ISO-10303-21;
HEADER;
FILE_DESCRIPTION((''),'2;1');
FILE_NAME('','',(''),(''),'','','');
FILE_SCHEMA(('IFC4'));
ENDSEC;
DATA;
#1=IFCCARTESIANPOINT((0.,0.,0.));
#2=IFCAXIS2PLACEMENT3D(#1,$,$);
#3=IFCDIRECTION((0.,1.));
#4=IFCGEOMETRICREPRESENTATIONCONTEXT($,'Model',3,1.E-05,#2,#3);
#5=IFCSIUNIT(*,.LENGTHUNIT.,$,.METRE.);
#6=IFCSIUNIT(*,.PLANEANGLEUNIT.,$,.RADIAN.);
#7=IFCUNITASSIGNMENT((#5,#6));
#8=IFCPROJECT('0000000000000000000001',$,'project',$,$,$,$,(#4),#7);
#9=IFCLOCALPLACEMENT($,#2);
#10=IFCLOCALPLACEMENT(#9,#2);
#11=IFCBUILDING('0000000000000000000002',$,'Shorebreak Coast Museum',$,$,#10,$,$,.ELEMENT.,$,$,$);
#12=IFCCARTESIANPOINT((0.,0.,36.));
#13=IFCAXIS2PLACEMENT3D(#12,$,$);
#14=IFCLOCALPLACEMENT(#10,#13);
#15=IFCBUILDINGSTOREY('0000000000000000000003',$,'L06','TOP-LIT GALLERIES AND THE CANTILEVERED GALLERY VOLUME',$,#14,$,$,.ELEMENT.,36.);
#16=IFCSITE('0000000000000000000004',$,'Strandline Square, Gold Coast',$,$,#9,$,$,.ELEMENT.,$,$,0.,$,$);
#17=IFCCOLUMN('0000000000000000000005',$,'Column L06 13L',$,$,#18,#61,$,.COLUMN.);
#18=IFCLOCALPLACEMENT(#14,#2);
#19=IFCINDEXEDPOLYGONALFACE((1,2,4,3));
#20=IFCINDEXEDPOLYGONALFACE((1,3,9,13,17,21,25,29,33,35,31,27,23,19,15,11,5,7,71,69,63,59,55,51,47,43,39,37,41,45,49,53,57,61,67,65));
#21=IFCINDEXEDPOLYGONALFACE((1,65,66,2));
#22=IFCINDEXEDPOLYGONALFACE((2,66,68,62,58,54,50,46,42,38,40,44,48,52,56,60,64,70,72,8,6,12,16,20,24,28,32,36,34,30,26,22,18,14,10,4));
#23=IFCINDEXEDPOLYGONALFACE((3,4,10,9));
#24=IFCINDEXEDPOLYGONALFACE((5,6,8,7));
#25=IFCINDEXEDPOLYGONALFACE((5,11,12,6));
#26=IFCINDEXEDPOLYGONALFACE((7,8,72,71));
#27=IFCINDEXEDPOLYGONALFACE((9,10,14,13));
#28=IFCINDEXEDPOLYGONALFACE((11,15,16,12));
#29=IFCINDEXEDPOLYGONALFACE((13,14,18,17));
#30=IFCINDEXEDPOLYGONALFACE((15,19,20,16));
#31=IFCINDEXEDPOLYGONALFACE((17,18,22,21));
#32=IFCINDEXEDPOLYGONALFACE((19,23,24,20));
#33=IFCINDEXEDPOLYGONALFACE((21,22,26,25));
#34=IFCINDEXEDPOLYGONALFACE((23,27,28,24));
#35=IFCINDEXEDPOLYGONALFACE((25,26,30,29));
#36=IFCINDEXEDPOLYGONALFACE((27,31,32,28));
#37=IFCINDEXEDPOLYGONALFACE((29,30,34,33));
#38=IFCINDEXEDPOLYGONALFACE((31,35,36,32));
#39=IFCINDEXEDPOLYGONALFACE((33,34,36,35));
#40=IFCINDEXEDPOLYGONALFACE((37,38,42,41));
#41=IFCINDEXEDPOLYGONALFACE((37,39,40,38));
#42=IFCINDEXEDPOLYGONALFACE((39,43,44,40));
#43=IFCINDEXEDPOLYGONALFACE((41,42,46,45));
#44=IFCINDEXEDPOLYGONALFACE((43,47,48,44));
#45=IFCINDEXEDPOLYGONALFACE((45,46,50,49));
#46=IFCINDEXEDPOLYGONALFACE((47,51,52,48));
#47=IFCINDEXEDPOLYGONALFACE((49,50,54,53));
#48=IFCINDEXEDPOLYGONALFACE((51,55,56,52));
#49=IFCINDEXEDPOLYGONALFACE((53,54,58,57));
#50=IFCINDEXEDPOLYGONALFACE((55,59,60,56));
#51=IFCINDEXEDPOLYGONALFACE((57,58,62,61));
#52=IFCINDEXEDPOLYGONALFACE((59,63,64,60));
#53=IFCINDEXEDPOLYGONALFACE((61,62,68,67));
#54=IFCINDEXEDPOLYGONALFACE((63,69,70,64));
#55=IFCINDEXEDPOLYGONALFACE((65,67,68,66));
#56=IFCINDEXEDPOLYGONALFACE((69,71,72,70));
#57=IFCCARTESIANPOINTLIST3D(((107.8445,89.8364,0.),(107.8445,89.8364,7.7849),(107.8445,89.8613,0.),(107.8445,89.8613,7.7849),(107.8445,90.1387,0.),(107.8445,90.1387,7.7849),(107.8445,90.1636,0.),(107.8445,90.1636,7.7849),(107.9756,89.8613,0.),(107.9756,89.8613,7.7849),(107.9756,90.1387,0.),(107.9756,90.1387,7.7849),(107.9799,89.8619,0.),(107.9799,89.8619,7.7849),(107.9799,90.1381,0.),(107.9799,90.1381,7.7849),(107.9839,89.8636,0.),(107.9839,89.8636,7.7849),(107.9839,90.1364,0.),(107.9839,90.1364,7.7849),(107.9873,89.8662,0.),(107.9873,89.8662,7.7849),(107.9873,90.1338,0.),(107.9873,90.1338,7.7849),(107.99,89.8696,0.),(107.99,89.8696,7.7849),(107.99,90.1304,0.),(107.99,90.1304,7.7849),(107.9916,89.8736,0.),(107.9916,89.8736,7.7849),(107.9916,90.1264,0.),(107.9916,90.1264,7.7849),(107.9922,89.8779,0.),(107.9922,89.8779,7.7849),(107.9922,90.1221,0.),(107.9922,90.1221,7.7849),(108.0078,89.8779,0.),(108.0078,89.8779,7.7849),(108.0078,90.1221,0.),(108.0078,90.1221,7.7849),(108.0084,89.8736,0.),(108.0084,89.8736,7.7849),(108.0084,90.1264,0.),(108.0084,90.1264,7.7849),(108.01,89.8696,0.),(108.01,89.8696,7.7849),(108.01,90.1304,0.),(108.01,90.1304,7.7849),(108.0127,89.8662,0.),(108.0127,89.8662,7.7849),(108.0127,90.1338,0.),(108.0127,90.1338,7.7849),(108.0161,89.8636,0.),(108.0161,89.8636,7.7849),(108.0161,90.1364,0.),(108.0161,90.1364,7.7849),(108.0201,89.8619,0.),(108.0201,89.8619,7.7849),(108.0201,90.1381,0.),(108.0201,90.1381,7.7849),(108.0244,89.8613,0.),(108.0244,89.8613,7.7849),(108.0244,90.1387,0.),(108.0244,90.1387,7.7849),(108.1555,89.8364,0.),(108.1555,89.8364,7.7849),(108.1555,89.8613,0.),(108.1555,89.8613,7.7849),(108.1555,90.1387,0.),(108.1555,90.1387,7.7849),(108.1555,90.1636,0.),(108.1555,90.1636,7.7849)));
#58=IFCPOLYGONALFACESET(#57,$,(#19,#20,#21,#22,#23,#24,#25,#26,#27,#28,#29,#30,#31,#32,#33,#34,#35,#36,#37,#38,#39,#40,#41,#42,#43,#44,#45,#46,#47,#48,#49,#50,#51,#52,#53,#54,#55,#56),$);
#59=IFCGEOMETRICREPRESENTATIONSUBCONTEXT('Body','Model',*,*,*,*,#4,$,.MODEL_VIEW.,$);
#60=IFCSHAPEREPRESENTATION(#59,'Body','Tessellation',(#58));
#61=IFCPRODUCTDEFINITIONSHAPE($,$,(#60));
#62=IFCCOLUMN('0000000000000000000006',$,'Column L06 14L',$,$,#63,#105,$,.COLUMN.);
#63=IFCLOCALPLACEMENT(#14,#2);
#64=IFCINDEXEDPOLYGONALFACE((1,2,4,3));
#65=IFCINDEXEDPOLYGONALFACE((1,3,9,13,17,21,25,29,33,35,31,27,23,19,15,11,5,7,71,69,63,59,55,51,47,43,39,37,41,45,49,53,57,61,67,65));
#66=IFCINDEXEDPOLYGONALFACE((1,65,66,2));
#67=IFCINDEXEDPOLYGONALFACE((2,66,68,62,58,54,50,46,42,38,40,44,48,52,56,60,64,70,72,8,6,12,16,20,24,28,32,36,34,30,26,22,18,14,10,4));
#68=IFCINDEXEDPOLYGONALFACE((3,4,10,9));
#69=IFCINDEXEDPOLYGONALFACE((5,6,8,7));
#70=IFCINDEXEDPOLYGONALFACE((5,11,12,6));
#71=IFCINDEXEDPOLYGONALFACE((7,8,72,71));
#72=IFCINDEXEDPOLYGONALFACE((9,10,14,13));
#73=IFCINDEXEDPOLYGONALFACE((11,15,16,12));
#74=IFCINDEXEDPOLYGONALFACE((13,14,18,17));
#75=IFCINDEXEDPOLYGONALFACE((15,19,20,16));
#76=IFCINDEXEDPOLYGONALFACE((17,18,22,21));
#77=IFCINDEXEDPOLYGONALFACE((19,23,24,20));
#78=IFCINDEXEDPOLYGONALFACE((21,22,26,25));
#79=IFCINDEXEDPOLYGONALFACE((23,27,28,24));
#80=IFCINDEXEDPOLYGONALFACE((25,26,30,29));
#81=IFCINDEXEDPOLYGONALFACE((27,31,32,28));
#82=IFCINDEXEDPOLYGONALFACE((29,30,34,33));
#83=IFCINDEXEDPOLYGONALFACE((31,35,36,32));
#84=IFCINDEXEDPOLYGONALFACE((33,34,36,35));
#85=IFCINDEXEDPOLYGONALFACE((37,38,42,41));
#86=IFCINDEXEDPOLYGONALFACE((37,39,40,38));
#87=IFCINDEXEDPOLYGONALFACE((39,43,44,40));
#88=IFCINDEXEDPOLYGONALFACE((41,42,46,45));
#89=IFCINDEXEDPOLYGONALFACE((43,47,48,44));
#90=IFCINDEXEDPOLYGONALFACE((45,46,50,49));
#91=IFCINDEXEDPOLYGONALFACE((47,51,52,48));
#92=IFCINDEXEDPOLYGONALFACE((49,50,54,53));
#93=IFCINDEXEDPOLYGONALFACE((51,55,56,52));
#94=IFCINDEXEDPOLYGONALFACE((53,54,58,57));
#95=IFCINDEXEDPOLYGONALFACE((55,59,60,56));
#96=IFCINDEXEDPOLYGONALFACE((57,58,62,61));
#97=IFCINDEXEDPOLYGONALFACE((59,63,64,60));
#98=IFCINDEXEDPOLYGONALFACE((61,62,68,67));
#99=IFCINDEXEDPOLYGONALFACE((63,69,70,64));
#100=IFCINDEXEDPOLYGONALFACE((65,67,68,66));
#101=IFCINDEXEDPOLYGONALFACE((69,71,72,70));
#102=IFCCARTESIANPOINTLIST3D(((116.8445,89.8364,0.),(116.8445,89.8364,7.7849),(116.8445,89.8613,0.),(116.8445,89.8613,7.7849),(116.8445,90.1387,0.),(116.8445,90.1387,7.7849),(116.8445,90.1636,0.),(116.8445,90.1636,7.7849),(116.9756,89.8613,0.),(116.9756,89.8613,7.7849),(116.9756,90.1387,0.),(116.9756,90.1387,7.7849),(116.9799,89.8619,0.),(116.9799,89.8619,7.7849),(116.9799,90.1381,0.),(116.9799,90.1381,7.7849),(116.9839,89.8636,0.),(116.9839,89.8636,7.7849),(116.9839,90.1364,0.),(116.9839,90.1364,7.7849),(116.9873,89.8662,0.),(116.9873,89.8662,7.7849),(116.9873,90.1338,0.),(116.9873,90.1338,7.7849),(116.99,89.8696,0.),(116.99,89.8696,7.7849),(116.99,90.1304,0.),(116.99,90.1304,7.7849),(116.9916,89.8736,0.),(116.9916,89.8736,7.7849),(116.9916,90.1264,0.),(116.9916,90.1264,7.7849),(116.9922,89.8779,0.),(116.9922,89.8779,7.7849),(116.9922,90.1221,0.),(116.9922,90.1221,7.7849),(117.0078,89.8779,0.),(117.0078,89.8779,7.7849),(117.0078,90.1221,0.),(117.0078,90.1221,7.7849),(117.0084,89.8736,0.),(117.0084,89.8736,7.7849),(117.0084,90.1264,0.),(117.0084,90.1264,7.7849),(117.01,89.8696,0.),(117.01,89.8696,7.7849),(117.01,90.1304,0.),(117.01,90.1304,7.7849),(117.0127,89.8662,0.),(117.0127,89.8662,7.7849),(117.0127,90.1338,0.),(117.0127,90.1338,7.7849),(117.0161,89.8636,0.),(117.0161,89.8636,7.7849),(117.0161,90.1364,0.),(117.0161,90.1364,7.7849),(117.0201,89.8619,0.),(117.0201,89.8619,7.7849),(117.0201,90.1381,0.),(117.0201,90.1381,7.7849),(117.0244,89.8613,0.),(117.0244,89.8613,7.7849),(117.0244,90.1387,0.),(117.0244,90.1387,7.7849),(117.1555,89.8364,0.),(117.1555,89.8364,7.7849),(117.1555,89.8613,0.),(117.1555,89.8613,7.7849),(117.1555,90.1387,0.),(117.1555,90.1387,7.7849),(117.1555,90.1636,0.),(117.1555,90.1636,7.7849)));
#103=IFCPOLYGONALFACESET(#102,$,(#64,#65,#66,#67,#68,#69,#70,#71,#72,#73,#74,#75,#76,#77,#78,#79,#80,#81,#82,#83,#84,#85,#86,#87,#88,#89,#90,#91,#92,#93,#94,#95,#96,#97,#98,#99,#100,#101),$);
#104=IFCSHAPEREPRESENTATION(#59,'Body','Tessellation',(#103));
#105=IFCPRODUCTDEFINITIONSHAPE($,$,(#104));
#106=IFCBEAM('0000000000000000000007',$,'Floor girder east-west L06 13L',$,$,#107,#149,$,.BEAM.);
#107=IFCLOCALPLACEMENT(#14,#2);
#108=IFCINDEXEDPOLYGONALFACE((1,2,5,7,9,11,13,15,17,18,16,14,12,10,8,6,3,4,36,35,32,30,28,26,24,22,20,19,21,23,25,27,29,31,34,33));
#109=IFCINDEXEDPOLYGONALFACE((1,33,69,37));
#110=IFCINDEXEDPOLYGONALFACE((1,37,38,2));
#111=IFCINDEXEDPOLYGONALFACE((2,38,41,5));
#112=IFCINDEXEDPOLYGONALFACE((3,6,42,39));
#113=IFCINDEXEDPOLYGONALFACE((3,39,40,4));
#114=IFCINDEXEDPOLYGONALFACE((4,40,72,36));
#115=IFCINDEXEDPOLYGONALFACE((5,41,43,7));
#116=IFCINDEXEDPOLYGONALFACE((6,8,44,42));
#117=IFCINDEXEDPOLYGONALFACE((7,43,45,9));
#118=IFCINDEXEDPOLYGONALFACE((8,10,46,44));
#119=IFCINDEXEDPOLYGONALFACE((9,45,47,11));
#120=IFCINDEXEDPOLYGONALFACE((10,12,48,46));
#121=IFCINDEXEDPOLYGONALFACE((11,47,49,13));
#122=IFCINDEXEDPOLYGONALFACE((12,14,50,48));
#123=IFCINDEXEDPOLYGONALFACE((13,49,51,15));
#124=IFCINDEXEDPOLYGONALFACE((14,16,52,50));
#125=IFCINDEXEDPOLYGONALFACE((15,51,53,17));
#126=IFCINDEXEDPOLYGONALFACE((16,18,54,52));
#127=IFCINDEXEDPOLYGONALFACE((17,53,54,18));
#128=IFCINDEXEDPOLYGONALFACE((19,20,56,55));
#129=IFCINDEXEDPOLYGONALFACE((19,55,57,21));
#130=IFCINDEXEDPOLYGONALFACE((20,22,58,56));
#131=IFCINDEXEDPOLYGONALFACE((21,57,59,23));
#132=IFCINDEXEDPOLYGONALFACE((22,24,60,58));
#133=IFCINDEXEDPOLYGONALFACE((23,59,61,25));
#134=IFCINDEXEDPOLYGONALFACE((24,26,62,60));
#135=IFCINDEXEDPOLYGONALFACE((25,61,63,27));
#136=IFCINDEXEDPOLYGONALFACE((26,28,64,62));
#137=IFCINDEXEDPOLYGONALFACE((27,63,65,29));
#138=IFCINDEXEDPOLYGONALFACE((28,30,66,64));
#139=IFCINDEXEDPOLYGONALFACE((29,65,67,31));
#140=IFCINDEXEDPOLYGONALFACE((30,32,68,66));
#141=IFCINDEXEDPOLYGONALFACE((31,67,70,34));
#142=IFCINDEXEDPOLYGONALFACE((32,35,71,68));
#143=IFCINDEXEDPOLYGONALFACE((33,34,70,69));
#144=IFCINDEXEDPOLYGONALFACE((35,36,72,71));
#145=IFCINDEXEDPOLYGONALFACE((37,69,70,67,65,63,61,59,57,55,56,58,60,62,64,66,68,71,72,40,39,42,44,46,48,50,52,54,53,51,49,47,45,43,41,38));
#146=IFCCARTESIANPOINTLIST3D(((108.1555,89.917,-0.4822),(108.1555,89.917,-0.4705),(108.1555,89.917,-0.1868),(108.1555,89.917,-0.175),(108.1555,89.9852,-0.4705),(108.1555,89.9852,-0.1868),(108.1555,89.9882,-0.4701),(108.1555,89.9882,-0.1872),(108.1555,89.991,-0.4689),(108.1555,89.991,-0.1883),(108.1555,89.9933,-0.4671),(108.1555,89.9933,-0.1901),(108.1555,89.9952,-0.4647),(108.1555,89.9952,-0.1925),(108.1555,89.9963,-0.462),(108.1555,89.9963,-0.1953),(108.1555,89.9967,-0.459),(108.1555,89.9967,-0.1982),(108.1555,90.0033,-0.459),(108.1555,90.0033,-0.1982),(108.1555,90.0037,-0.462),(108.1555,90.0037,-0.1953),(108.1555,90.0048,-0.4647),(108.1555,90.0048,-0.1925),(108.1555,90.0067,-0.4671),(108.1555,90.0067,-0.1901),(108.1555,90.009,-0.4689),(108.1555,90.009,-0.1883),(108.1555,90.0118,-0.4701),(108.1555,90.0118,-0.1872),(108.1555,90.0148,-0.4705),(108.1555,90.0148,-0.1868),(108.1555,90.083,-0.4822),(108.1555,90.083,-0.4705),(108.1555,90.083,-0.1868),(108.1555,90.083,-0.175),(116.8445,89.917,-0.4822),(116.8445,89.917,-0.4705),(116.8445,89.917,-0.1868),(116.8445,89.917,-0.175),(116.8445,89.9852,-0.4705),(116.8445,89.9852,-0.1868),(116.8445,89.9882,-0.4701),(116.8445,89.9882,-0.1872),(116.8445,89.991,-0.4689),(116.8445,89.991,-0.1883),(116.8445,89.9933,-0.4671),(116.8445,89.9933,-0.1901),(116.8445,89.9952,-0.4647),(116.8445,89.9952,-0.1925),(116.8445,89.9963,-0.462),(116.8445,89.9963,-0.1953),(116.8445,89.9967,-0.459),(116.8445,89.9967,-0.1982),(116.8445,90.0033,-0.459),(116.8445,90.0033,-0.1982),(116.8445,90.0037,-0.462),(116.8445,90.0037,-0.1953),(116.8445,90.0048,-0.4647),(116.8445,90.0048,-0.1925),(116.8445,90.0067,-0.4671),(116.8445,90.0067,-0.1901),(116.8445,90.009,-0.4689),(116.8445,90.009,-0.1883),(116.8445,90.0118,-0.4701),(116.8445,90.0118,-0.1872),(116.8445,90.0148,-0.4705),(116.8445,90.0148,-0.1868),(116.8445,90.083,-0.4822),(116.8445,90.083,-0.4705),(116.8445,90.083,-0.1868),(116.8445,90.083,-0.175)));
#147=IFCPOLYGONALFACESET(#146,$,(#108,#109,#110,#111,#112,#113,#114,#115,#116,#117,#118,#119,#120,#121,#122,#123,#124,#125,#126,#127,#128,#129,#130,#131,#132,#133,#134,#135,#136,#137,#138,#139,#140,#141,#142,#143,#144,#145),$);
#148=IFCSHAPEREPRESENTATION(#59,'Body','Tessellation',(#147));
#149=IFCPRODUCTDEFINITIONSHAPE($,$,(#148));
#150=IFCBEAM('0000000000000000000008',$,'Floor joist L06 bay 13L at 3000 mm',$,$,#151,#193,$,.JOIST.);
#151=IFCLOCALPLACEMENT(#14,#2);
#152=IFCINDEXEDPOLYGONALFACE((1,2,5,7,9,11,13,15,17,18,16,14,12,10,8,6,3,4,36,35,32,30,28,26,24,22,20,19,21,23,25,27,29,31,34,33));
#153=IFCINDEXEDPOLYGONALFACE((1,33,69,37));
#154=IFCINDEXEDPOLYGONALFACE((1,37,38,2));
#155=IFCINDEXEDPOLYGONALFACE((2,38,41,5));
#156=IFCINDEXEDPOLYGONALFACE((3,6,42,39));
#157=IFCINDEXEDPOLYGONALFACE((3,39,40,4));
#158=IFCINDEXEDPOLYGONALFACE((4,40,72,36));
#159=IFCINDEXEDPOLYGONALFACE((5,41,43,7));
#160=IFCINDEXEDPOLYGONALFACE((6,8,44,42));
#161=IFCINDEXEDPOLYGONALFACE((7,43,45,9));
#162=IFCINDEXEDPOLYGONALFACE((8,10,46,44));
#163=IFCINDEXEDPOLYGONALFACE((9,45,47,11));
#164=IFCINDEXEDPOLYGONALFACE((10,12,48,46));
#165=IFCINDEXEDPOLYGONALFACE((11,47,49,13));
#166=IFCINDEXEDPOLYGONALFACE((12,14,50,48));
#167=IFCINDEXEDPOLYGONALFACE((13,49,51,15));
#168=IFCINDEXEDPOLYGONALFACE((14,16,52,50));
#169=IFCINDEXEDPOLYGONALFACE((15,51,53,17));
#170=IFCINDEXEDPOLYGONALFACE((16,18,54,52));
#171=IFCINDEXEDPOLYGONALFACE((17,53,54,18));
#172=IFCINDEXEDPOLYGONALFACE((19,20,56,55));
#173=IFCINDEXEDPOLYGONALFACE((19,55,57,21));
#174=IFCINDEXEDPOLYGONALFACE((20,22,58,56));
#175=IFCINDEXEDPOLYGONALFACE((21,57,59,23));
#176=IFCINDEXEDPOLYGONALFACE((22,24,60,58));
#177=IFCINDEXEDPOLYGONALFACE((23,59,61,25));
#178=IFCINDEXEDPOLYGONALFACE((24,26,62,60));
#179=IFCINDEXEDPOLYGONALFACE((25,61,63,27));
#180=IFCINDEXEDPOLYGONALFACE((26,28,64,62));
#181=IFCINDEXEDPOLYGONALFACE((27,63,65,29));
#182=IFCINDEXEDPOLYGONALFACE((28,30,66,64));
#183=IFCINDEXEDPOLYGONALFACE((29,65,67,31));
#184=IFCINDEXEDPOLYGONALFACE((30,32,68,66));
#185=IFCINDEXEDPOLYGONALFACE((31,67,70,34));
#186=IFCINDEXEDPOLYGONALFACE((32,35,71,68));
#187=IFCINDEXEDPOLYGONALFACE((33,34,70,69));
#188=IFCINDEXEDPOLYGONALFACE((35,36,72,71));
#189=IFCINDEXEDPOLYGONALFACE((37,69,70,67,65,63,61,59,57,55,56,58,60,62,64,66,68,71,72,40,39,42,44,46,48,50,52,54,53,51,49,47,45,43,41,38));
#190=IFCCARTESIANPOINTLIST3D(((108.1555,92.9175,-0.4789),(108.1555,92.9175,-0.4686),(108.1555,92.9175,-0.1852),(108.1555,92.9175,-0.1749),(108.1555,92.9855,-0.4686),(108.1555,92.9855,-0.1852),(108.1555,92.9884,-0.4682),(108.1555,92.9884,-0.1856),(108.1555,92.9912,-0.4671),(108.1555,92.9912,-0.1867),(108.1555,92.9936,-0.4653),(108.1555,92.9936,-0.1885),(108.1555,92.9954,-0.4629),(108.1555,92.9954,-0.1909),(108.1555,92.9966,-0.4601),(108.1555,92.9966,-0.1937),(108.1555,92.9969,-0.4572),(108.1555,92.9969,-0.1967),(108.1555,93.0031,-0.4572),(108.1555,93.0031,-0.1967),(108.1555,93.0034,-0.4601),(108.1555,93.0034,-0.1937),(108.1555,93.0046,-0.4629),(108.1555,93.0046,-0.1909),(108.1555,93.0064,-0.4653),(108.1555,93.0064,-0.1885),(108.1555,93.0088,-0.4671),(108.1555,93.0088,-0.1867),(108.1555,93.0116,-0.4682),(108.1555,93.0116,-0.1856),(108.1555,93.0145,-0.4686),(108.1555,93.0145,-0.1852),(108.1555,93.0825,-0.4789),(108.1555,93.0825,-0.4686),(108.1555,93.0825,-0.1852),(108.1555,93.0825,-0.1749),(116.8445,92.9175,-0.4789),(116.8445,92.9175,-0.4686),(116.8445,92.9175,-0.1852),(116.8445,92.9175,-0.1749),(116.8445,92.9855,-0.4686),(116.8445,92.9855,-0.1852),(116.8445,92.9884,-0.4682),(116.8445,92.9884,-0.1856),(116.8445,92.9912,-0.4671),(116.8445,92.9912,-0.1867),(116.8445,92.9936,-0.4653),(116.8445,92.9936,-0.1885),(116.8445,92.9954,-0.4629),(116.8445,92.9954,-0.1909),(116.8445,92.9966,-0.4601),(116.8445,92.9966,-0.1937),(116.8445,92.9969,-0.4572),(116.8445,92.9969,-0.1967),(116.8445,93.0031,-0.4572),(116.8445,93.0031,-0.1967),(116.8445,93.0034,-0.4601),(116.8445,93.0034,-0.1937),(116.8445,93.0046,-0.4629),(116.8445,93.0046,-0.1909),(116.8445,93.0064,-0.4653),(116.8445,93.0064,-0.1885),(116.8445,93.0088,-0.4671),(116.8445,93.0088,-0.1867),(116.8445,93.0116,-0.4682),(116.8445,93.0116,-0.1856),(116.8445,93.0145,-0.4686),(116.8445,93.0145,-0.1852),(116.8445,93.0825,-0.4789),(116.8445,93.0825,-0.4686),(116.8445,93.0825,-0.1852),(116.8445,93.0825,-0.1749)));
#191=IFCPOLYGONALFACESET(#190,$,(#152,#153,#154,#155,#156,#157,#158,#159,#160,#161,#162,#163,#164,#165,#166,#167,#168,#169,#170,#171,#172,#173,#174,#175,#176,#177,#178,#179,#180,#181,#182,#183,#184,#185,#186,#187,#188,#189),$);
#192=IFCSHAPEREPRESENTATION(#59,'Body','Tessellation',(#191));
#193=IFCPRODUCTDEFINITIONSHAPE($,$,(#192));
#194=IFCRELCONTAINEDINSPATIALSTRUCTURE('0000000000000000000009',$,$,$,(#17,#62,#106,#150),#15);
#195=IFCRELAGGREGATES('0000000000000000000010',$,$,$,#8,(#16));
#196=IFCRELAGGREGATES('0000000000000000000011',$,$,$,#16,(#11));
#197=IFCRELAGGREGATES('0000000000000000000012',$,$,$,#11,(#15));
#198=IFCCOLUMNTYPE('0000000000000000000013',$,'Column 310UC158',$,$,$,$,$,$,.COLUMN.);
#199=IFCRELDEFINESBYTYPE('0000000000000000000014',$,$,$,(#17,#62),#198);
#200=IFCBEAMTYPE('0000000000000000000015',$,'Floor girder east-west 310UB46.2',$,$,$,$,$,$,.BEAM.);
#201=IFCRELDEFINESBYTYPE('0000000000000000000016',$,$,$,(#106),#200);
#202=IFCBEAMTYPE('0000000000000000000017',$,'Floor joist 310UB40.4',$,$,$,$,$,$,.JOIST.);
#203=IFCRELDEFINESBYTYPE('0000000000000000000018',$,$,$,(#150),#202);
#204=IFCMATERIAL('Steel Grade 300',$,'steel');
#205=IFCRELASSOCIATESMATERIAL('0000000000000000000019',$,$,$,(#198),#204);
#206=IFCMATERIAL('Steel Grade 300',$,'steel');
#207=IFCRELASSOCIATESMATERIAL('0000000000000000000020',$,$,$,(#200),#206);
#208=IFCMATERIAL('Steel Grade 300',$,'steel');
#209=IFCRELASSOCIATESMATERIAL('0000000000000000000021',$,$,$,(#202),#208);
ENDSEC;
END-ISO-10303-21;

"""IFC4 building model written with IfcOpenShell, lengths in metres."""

from ifc_helpers import new_model, si_unit, direction, frame, origin, origin_2d, place, context, subcontext, project, spatial, i_section, extrude, material, material_profile, profile_set, type_object, element, save


model = new_model("IFC4")

# Units and contexts
model_context = context("Model", 3, precision=1e-05, world=origin(), true_north=direction((0.0, 1.0)))
body_context = subcontext(model_context, "Body", "Model", "MODEL_VIEW")
ifc_project = project(units=[si_unit("LENGTHUNIT", "METRE"), si_unit("PLANEANGLEUNIT", "RADIAN")], contexts=[model_context])

# Site, building, storey
site_placement = place(None, origin())
site = spatial("IfcSite", under=ifc_project, at=site_placement, Name="Strandline Square, Gold Coast", CompositionType="ELEMENT", RefElevation=0.0)
building_placement = place(site_placement, origin())
building = spatial("IfcBuilding", under=site, at=building_placement, Name="Shorebreak Coast Museum", CompositionType="ELEMENT")
storey_placement = place(building_placement, frame((0.0, 0.0, 36.0)))
storey = spatial("IfcBuildingStorey", under=building, at=storey_placement, Name="L06", Description="TOP-LIT GALLERIES AND THE CANTILEVERED GALLERY VOLUME", CompositionType="ELEMENT", Elevation=36.0)

# Columns
ifc_material_1 = material(Name="Steel Grade 300", Category="steel")
ifc_material_profile_1 = material_profile(ifc_material_1, i_section(OverallWidth=0.311, OverallDepth=0.3271, WebThickness=0.0156, FlangeThickness=0.0249, FilletRadius=0.0166, at=origin_2d()), Name="310UC158")
ifc_profile_set_1 = profile_set([ifc_material_profile_1], Name="Steel Grade 300")
column_type = type_object("IfcColumnType", Name="Column 310UC158", PredefinedType="COLUMN", material=ifc_profile_set_1)
for number, where, z_axis, x_axis, name in (
    (1, (108.0, 90.0, 0.0), (0.0, 0.0, 1.0), (1.0, 0.0, 0.0), "Column L06 13L"),
    (2, (117.0, 90.0, 0.0), (0.0, 0.0, 1.0), (1.0, 0.0, 0.0), "Column L06 14L"),
):
    element("IfcColumn", number, at=place(storey_placement, frame(where, z_axis=z_axis, x_axis=x_axis)), inside=storey, type_object=column_type, Name=name, PredefinedType="COLUMN", context=body_context, shape_type="SweptSolid", body=[
        extrude(i_section(OverallWidth=0.311, OverallDepth=0.3271, WebThickness=0.0156, FlangeThickness=0.0249, FilletRadius=0.0166, at=origin_2d()), origin(), (0.0, 0.0, 1.0), 7.7849),
    ])

# Beams
ifc_material_2 = material(Name="Steel Grade 300", Category="steel")
ifc_material_profile_2 = material_profile(ifc_material_2, i_section(OverallWidth=0.166, OverallDepth=0.3071, WebThickness=0.0066, FlangeThickness=0.0117, FilletRadius=0.0115, at=origin_2d()), Name="310UB46.2")
ifc_profile_set_2 = profile_set([ifc_material_profile_2], Name="Steel Grade 300")
beam_type_1 = type_object("IfcBeamType", Name="Floor girder east-west 310UB46.2", PredefinedType="BEAM", material=ifc_profile_set_2)
beam_1_placement = place(storey_placement, frame((108.1555, 90.0, -0.3286), z_axis=(1.0, 0.0, 0.0), x_axis=(0.0, 1.0, 0.0)))
element("IfcBeam", 3, at=beam_1_placement, inside=storey, type_object=beam_type_1, Name="Floor girder east-west L06 13L", PredefinedType="BEAM", context=body_context, shape_type="SweptSolid", body=[
    extrude(i_section(OverallWidth=0.166, OverallDepth=0.3071, WebThickness=0.0066, FlangeThickness=0.0117, FilletRadius=0.0115, at=origin_2d()), origin(), (0.0, 0.0, 1.0), 8.689),
])
ifc_material_3 = material(Name="Steel Grade 300", Category="steel")
ifc_material_profile_3 = material_profile(ifc_material_3, i_section(OverallWidth=0.165, OverallDepth=0.304, WebThickness=0.0061, FlangeThickness=0.0103, FilletRadius=0.0115, at=origin_2d()), Name="310UB40.4")
ifc_profile_set_3 = profile_set([ifc_material_profile_3], Name="Steel Grade 300")
beam_type_2 = type_object("IfcBeamType", Name="Floor joist 310UB40.4", PredefinedType="JOIST", material=ifc_profile_set_3)
beam_2_placement = place(storey_placement, frame((108.1555, 93.0, -0.3269), z_axis=(1.0, 0.0, 0.0), x_axis=(0.0, 1.0, 0.0)))
element("IfcBeam", 4, at=beam_2_placement, inside=storey, type_object=beam_type_2, Name="Floor joist L06 bay 13L at 3000 mm", PredefinedType="JOIST", context=body_context, shape_type="SweptSolid", body=[
    extrude(i_section(OverallWidth=0.165, OverallDepth=0.304, WebThickness=0.0061, FlangeThickness=0.0103, FilletRadius=0.0115, at=origin_2d()), origin(), (0.0, 0.0, 1.0), 8.689),
])

save(model, "model.ifc")
